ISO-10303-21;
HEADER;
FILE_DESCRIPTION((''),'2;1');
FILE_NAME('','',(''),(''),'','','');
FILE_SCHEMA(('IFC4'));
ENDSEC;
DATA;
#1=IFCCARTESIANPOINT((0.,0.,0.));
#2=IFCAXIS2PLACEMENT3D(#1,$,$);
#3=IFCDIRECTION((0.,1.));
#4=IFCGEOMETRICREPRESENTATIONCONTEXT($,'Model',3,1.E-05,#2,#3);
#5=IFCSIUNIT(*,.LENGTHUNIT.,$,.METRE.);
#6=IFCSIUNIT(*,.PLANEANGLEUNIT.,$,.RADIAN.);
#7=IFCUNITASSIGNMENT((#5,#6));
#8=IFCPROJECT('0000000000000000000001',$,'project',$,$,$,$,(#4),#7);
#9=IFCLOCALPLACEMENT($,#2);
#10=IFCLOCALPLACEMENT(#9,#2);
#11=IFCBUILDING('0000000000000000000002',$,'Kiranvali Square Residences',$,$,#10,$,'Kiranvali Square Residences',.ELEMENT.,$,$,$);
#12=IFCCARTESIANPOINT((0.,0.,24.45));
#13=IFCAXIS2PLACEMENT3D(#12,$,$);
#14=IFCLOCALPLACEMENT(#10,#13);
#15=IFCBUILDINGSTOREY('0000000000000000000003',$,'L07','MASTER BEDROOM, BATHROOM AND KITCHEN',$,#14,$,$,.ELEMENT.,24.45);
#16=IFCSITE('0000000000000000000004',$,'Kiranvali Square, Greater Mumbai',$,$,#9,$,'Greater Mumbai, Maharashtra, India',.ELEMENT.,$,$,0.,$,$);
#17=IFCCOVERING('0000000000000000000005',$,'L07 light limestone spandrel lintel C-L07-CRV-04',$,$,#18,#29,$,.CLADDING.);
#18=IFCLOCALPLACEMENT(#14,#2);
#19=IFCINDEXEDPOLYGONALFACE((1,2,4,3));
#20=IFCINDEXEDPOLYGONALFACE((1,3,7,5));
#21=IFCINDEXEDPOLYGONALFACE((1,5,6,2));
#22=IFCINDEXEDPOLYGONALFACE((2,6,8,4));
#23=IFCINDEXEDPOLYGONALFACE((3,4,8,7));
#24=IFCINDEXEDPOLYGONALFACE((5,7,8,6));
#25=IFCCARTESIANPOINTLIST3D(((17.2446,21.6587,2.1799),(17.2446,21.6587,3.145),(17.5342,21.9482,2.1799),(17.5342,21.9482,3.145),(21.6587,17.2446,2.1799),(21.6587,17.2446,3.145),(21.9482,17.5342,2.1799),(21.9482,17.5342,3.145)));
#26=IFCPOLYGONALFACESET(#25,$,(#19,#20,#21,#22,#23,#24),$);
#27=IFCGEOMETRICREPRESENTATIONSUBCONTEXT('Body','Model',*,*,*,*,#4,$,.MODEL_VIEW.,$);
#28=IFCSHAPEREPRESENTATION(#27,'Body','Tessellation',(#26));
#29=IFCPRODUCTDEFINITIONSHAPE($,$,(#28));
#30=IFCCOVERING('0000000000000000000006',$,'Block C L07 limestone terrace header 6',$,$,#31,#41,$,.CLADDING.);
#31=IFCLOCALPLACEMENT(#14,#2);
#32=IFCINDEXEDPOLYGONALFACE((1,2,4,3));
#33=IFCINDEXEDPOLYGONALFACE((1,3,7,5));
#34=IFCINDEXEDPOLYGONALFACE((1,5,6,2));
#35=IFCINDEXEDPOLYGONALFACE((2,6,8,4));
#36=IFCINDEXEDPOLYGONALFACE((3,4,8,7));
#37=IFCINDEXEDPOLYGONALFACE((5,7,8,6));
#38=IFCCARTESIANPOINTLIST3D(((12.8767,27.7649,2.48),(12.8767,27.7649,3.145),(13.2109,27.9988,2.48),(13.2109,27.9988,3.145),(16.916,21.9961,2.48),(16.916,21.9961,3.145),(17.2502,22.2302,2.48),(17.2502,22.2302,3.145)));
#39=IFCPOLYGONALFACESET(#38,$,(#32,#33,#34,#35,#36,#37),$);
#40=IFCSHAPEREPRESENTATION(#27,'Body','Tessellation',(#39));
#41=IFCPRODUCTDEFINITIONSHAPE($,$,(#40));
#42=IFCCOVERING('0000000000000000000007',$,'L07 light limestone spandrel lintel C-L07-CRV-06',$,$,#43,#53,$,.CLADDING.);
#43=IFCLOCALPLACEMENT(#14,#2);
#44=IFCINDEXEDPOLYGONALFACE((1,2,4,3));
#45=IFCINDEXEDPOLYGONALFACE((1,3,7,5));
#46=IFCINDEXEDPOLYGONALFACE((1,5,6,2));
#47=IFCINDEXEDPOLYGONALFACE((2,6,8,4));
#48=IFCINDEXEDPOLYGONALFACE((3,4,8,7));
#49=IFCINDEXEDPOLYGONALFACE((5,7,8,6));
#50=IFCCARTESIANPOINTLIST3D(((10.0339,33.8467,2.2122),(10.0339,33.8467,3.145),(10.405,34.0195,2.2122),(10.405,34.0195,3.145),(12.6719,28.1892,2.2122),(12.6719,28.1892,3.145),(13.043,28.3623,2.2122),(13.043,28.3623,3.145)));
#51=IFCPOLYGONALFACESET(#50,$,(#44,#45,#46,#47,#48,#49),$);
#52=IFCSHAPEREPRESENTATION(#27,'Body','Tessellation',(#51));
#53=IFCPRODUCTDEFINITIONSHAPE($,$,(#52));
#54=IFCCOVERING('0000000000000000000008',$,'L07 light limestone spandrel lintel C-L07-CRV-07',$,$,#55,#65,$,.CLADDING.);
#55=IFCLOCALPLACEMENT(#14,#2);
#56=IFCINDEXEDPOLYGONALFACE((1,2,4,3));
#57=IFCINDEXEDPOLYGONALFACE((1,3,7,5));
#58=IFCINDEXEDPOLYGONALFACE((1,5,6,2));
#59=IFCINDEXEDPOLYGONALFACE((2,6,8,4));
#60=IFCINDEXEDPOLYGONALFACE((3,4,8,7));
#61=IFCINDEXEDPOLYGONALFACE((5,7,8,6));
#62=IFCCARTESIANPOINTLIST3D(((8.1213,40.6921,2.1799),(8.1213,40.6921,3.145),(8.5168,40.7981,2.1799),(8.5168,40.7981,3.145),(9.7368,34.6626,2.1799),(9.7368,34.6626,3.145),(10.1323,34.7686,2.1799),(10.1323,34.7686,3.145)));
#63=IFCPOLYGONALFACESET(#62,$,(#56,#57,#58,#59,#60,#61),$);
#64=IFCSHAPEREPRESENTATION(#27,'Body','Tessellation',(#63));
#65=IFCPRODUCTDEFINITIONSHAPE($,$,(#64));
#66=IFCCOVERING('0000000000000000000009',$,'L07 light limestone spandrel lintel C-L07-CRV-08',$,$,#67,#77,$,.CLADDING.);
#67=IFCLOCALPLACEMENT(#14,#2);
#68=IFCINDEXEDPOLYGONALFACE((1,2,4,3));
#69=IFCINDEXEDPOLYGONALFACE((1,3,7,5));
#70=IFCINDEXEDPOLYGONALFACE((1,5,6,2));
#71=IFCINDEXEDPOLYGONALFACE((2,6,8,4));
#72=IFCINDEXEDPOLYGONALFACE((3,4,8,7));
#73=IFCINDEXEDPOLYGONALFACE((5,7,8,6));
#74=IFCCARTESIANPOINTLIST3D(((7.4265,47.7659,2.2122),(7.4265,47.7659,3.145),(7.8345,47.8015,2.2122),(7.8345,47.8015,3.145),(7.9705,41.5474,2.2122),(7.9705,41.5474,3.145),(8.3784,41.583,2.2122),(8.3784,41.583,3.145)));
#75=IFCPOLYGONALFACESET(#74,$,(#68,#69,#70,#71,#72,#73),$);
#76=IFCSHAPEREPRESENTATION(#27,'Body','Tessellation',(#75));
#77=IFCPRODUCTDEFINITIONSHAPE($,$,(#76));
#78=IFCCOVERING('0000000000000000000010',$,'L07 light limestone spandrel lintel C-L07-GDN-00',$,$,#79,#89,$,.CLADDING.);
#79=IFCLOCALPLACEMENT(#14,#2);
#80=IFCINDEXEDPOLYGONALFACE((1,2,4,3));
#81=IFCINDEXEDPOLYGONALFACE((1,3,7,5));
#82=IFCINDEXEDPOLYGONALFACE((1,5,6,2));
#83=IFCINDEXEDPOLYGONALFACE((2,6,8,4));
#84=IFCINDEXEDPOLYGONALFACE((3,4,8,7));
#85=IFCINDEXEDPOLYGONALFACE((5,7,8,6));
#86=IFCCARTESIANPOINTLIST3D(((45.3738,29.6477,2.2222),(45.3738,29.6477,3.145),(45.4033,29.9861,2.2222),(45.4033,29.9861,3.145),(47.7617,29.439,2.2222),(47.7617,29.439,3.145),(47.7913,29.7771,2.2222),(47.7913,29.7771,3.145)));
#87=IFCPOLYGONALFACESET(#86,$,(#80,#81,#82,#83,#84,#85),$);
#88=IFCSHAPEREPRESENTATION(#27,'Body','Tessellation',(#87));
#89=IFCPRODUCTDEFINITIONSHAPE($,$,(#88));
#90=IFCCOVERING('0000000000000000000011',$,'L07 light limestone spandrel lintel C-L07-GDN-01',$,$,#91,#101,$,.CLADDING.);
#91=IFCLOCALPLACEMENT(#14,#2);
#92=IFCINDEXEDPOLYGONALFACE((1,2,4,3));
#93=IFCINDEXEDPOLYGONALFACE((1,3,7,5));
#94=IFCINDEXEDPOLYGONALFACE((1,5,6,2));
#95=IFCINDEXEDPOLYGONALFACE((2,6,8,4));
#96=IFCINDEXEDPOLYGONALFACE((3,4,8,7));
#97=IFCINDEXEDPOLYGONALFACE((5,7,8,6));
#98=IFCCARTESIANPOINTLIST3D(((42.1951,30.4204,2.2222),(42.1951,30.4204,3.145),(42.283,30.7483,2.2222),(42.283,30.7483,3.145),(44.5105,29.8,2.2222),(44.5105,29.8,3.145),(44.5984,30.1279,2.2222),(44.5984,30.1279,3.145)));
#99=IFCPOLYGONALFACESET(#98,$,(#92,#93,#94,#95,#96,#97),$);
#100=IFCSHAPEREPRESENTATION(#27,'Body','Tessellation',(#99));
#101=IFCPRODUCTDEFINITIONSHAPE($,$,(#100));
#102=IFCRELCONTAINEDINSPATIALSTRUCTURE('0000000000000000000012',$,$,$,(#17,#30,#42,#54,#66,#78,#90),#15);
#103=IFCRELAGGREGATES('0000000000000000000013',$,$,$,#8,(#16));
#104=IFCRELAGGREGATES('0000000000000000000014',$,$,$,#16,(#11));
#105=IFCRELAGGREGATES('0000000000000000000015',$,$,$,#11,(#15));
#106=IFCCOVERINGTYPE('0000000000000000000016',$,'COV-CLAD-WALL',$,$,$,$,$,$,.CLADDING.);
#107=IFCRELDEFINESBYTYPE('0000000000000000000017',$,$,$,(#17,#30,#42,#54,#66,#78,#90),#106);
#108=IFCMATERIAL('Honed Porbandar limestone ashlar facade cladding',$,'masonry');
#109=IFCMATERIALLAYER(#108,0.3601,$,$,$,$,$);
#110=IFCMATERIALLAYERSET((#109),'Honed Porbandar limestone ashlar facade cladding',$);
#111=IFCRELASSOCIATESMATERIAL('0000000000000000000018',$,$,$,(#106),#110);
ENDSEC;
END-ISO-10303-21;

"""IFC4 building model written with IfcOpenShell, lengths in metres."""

from ifc_helpers import new_model, si_unit, direction, frame, origin, place, context, subcontext, project, spatial, polyline, outline, extrude, material, layer, layer_set, type_object, element, save


model = new_model("IFC4")

# Units and contexts
model_context = context("Model", 3, precision=1e-05, world=origin(), true_north=direction((0.0, 1.0)))
body_context = subcontext(model_context, "Body", "Model", "MODEL_VIEW")
ifc_project = project(units=[si_unit("LENGTHUNIT", "METRE"), si_unit("PLANEANGLEUNIT", "RADIAN")], contexts=[model_context])

# Site, building, storey
site_placement = place(None, origin())
site = spatial("IfcSite", under=ifc_project, at=site_placement, Name="Kiranvali Square, Greater Mumbai", LongName="Greater Mumbai, Maharashtra, India", CompositionType="ELEMENT", RefElevation=0.0)
building_placement = place(site_placement, origin())
building = spatial("IfcBuilding", under=site, at=building_placement, Name="Kiranvali Square Residences", LongName="Kiranvali Square Residences", CompositionType="ELEMENT")
storey_placement = place(building_placement, frame((0.0, 0.0, 24.45)))
storey = spatial("IfcBuildingStorey", under=building, at=storey_placement, Name="L07", Description="MASTER BEDROOM, BATHROOM AND KITCHEN", CompositionType="ELEMENT", Elevation=24.45)

# Coverings
ifc_material = material(Name="Honed Porbandar limestone ashlar facade cladding", Category="masonry")
ifc_layer = layer(ifc_material, 0.3601)
ifc_layer_set = layer_set([ifc_layer], Name="Honed Porbandar limestone ashlar facade cladding")
covering_type = type_object("IfcCoveringType", Name="COV-CLAD-WALL", PredefinedType="CLADDING", material=ifc_layer_set)
covering_1_placement = place(storey_placement, frame((0.0, 0.0, 2.1799)))
element("IfcCovering", 1, at=covering_1_placement, inside=storey, type_object=covering_type, Name="L07 light limestone spandrel lintel C-L07-CRV-04", PredefinedType="CLADDING", context=body_context, shape_type="SweptSolid", body=[
    extrude(outline(polyline([(21.9482, 17.5342), (17.5342, 21.9482), (17.2446, 21.6587), (21.6587, 17.2446), (21.9482, 17.5342)])), origin(), (0.0, 0.0, 1.0), 0.9651),
])
covering_2_placement = place(storey_placement, frame((0.0, 0.0, 2.48)))
element("IfcCovering", 2, at=covering_2_placement, inside=storey, type_object=covering_type, Name="Block C L07 limestone terrace header 6", PredefinedType="CLADDING", context=body_context, shape_type="SweptSolid", body=[
    extrude(outline(polyline([(17.2502, 22.2302), (13.2109, 27.9988), (12.8767, 27.7649), (16.916, 21.9961), (17.2502, 22.2302)])), origin(), (0.0, 0.0, 1.0), 0.665),
])
covering_3_placement = place(storey_placement, frame((0.0, 0.0, 2.2122)))
element("IfcCovering", 3, at=covering_3_placement, inside=storey, type_object=covering_type, Name="L07 light limestone spandrel lintel C-L07-CRV-06", PredefinedType="CLADDING", context=body_context, shape_type="SweptSolid", body=[
    extrude(outline(polyline([(13.043, 28.3623), (10.405, 34.0195), (10.0339, 33.8467), (12.6719, 28.1892), (13.043, 28.3623)])), origin(), (0.0, 0.0, 1.0), 0.9329),
])
covering_4_placement = place(storey_placement, frame((0.0, 0.0, 2.1799)))
element("IfcCovering", 4, at=covering_4_placement, inside=storey, type_object=covering_type, Name="L07 light limestone spandrel lintel C-L07-CRV-07", PredefinedType="CLADDING", context=body_context, shape_type="SweptSolid", body=[
    extrude(outline(polyline([(10.1323, 34.7686), (8.5168, 40.7981), (8.1213, 40.6921), (9.7368, 34.6626), (10.1323, 34.7686)])), origin(), (0.0, 0.0, 1.0), 0.9651),
])
covering_5_placement = place(storey_placement, frame((0.0, 0.0, 2.2122)))
element("IfcCovering", 5, at=covering_5_placement, inside=storey, type_object=covering_type, Name="L07 light limestone spandrel lintel C-L07-CRV-08", PredefinedType="CLADDING", context=body_context, shape_type="SweptSolid", body=[
    extrude(outline(polyline([(8.3784, 41.583), (7.8345, 47.8015), (7.4265, 47.7659), (7.9705, 41.5474), (8.3784, 41.583)])), origin(), (0.0, 0.0, 1.0), 0.9329),
])
covering_6_placement = place(storey_placement, frame((0.0, 0.0, 2.2222)))
element("IfcCovering", 6, at=covering_6_placement, inside=storey, type_object=covering_type, Name="L07 light limestone spandrel lintel C-L07-GDN-00", PredefinedType="CLADDING", context=body_context, shape_type="SweptSolid", body=[
    extrude(outline(polyline([(47.7913, 29.7771), (45.4033, 29.9861), (45.3738, 29.6477), (47.7617, 29.439), (47.7913, 29.7771)])), origin(), (0.0, 0.0, 1.0), 0.9229),
])
covering_7_placement = place(storey_placement, frame((0.0, 0.0, 2.2222)))
element("IfcCovering", 7, at=covering_7_placement, inside=storey, type_object=covering_type, Name="L07 light limestone spandrel lintel C-L07-GDN-01", PredefinedType="CLADDING", context=body_context, shape_type="SweptSolid", body=[
    extrude(outline(polyline([(44.5984, 30.1279), (42.283, 30.7483), (42.1951, 30.4204), (44.5105, 29.8), (44.5984, 30.1279)])), origin(), (0.0, 0.0, 1.0), 0.9229),
])

save(model, "model.ifc")
